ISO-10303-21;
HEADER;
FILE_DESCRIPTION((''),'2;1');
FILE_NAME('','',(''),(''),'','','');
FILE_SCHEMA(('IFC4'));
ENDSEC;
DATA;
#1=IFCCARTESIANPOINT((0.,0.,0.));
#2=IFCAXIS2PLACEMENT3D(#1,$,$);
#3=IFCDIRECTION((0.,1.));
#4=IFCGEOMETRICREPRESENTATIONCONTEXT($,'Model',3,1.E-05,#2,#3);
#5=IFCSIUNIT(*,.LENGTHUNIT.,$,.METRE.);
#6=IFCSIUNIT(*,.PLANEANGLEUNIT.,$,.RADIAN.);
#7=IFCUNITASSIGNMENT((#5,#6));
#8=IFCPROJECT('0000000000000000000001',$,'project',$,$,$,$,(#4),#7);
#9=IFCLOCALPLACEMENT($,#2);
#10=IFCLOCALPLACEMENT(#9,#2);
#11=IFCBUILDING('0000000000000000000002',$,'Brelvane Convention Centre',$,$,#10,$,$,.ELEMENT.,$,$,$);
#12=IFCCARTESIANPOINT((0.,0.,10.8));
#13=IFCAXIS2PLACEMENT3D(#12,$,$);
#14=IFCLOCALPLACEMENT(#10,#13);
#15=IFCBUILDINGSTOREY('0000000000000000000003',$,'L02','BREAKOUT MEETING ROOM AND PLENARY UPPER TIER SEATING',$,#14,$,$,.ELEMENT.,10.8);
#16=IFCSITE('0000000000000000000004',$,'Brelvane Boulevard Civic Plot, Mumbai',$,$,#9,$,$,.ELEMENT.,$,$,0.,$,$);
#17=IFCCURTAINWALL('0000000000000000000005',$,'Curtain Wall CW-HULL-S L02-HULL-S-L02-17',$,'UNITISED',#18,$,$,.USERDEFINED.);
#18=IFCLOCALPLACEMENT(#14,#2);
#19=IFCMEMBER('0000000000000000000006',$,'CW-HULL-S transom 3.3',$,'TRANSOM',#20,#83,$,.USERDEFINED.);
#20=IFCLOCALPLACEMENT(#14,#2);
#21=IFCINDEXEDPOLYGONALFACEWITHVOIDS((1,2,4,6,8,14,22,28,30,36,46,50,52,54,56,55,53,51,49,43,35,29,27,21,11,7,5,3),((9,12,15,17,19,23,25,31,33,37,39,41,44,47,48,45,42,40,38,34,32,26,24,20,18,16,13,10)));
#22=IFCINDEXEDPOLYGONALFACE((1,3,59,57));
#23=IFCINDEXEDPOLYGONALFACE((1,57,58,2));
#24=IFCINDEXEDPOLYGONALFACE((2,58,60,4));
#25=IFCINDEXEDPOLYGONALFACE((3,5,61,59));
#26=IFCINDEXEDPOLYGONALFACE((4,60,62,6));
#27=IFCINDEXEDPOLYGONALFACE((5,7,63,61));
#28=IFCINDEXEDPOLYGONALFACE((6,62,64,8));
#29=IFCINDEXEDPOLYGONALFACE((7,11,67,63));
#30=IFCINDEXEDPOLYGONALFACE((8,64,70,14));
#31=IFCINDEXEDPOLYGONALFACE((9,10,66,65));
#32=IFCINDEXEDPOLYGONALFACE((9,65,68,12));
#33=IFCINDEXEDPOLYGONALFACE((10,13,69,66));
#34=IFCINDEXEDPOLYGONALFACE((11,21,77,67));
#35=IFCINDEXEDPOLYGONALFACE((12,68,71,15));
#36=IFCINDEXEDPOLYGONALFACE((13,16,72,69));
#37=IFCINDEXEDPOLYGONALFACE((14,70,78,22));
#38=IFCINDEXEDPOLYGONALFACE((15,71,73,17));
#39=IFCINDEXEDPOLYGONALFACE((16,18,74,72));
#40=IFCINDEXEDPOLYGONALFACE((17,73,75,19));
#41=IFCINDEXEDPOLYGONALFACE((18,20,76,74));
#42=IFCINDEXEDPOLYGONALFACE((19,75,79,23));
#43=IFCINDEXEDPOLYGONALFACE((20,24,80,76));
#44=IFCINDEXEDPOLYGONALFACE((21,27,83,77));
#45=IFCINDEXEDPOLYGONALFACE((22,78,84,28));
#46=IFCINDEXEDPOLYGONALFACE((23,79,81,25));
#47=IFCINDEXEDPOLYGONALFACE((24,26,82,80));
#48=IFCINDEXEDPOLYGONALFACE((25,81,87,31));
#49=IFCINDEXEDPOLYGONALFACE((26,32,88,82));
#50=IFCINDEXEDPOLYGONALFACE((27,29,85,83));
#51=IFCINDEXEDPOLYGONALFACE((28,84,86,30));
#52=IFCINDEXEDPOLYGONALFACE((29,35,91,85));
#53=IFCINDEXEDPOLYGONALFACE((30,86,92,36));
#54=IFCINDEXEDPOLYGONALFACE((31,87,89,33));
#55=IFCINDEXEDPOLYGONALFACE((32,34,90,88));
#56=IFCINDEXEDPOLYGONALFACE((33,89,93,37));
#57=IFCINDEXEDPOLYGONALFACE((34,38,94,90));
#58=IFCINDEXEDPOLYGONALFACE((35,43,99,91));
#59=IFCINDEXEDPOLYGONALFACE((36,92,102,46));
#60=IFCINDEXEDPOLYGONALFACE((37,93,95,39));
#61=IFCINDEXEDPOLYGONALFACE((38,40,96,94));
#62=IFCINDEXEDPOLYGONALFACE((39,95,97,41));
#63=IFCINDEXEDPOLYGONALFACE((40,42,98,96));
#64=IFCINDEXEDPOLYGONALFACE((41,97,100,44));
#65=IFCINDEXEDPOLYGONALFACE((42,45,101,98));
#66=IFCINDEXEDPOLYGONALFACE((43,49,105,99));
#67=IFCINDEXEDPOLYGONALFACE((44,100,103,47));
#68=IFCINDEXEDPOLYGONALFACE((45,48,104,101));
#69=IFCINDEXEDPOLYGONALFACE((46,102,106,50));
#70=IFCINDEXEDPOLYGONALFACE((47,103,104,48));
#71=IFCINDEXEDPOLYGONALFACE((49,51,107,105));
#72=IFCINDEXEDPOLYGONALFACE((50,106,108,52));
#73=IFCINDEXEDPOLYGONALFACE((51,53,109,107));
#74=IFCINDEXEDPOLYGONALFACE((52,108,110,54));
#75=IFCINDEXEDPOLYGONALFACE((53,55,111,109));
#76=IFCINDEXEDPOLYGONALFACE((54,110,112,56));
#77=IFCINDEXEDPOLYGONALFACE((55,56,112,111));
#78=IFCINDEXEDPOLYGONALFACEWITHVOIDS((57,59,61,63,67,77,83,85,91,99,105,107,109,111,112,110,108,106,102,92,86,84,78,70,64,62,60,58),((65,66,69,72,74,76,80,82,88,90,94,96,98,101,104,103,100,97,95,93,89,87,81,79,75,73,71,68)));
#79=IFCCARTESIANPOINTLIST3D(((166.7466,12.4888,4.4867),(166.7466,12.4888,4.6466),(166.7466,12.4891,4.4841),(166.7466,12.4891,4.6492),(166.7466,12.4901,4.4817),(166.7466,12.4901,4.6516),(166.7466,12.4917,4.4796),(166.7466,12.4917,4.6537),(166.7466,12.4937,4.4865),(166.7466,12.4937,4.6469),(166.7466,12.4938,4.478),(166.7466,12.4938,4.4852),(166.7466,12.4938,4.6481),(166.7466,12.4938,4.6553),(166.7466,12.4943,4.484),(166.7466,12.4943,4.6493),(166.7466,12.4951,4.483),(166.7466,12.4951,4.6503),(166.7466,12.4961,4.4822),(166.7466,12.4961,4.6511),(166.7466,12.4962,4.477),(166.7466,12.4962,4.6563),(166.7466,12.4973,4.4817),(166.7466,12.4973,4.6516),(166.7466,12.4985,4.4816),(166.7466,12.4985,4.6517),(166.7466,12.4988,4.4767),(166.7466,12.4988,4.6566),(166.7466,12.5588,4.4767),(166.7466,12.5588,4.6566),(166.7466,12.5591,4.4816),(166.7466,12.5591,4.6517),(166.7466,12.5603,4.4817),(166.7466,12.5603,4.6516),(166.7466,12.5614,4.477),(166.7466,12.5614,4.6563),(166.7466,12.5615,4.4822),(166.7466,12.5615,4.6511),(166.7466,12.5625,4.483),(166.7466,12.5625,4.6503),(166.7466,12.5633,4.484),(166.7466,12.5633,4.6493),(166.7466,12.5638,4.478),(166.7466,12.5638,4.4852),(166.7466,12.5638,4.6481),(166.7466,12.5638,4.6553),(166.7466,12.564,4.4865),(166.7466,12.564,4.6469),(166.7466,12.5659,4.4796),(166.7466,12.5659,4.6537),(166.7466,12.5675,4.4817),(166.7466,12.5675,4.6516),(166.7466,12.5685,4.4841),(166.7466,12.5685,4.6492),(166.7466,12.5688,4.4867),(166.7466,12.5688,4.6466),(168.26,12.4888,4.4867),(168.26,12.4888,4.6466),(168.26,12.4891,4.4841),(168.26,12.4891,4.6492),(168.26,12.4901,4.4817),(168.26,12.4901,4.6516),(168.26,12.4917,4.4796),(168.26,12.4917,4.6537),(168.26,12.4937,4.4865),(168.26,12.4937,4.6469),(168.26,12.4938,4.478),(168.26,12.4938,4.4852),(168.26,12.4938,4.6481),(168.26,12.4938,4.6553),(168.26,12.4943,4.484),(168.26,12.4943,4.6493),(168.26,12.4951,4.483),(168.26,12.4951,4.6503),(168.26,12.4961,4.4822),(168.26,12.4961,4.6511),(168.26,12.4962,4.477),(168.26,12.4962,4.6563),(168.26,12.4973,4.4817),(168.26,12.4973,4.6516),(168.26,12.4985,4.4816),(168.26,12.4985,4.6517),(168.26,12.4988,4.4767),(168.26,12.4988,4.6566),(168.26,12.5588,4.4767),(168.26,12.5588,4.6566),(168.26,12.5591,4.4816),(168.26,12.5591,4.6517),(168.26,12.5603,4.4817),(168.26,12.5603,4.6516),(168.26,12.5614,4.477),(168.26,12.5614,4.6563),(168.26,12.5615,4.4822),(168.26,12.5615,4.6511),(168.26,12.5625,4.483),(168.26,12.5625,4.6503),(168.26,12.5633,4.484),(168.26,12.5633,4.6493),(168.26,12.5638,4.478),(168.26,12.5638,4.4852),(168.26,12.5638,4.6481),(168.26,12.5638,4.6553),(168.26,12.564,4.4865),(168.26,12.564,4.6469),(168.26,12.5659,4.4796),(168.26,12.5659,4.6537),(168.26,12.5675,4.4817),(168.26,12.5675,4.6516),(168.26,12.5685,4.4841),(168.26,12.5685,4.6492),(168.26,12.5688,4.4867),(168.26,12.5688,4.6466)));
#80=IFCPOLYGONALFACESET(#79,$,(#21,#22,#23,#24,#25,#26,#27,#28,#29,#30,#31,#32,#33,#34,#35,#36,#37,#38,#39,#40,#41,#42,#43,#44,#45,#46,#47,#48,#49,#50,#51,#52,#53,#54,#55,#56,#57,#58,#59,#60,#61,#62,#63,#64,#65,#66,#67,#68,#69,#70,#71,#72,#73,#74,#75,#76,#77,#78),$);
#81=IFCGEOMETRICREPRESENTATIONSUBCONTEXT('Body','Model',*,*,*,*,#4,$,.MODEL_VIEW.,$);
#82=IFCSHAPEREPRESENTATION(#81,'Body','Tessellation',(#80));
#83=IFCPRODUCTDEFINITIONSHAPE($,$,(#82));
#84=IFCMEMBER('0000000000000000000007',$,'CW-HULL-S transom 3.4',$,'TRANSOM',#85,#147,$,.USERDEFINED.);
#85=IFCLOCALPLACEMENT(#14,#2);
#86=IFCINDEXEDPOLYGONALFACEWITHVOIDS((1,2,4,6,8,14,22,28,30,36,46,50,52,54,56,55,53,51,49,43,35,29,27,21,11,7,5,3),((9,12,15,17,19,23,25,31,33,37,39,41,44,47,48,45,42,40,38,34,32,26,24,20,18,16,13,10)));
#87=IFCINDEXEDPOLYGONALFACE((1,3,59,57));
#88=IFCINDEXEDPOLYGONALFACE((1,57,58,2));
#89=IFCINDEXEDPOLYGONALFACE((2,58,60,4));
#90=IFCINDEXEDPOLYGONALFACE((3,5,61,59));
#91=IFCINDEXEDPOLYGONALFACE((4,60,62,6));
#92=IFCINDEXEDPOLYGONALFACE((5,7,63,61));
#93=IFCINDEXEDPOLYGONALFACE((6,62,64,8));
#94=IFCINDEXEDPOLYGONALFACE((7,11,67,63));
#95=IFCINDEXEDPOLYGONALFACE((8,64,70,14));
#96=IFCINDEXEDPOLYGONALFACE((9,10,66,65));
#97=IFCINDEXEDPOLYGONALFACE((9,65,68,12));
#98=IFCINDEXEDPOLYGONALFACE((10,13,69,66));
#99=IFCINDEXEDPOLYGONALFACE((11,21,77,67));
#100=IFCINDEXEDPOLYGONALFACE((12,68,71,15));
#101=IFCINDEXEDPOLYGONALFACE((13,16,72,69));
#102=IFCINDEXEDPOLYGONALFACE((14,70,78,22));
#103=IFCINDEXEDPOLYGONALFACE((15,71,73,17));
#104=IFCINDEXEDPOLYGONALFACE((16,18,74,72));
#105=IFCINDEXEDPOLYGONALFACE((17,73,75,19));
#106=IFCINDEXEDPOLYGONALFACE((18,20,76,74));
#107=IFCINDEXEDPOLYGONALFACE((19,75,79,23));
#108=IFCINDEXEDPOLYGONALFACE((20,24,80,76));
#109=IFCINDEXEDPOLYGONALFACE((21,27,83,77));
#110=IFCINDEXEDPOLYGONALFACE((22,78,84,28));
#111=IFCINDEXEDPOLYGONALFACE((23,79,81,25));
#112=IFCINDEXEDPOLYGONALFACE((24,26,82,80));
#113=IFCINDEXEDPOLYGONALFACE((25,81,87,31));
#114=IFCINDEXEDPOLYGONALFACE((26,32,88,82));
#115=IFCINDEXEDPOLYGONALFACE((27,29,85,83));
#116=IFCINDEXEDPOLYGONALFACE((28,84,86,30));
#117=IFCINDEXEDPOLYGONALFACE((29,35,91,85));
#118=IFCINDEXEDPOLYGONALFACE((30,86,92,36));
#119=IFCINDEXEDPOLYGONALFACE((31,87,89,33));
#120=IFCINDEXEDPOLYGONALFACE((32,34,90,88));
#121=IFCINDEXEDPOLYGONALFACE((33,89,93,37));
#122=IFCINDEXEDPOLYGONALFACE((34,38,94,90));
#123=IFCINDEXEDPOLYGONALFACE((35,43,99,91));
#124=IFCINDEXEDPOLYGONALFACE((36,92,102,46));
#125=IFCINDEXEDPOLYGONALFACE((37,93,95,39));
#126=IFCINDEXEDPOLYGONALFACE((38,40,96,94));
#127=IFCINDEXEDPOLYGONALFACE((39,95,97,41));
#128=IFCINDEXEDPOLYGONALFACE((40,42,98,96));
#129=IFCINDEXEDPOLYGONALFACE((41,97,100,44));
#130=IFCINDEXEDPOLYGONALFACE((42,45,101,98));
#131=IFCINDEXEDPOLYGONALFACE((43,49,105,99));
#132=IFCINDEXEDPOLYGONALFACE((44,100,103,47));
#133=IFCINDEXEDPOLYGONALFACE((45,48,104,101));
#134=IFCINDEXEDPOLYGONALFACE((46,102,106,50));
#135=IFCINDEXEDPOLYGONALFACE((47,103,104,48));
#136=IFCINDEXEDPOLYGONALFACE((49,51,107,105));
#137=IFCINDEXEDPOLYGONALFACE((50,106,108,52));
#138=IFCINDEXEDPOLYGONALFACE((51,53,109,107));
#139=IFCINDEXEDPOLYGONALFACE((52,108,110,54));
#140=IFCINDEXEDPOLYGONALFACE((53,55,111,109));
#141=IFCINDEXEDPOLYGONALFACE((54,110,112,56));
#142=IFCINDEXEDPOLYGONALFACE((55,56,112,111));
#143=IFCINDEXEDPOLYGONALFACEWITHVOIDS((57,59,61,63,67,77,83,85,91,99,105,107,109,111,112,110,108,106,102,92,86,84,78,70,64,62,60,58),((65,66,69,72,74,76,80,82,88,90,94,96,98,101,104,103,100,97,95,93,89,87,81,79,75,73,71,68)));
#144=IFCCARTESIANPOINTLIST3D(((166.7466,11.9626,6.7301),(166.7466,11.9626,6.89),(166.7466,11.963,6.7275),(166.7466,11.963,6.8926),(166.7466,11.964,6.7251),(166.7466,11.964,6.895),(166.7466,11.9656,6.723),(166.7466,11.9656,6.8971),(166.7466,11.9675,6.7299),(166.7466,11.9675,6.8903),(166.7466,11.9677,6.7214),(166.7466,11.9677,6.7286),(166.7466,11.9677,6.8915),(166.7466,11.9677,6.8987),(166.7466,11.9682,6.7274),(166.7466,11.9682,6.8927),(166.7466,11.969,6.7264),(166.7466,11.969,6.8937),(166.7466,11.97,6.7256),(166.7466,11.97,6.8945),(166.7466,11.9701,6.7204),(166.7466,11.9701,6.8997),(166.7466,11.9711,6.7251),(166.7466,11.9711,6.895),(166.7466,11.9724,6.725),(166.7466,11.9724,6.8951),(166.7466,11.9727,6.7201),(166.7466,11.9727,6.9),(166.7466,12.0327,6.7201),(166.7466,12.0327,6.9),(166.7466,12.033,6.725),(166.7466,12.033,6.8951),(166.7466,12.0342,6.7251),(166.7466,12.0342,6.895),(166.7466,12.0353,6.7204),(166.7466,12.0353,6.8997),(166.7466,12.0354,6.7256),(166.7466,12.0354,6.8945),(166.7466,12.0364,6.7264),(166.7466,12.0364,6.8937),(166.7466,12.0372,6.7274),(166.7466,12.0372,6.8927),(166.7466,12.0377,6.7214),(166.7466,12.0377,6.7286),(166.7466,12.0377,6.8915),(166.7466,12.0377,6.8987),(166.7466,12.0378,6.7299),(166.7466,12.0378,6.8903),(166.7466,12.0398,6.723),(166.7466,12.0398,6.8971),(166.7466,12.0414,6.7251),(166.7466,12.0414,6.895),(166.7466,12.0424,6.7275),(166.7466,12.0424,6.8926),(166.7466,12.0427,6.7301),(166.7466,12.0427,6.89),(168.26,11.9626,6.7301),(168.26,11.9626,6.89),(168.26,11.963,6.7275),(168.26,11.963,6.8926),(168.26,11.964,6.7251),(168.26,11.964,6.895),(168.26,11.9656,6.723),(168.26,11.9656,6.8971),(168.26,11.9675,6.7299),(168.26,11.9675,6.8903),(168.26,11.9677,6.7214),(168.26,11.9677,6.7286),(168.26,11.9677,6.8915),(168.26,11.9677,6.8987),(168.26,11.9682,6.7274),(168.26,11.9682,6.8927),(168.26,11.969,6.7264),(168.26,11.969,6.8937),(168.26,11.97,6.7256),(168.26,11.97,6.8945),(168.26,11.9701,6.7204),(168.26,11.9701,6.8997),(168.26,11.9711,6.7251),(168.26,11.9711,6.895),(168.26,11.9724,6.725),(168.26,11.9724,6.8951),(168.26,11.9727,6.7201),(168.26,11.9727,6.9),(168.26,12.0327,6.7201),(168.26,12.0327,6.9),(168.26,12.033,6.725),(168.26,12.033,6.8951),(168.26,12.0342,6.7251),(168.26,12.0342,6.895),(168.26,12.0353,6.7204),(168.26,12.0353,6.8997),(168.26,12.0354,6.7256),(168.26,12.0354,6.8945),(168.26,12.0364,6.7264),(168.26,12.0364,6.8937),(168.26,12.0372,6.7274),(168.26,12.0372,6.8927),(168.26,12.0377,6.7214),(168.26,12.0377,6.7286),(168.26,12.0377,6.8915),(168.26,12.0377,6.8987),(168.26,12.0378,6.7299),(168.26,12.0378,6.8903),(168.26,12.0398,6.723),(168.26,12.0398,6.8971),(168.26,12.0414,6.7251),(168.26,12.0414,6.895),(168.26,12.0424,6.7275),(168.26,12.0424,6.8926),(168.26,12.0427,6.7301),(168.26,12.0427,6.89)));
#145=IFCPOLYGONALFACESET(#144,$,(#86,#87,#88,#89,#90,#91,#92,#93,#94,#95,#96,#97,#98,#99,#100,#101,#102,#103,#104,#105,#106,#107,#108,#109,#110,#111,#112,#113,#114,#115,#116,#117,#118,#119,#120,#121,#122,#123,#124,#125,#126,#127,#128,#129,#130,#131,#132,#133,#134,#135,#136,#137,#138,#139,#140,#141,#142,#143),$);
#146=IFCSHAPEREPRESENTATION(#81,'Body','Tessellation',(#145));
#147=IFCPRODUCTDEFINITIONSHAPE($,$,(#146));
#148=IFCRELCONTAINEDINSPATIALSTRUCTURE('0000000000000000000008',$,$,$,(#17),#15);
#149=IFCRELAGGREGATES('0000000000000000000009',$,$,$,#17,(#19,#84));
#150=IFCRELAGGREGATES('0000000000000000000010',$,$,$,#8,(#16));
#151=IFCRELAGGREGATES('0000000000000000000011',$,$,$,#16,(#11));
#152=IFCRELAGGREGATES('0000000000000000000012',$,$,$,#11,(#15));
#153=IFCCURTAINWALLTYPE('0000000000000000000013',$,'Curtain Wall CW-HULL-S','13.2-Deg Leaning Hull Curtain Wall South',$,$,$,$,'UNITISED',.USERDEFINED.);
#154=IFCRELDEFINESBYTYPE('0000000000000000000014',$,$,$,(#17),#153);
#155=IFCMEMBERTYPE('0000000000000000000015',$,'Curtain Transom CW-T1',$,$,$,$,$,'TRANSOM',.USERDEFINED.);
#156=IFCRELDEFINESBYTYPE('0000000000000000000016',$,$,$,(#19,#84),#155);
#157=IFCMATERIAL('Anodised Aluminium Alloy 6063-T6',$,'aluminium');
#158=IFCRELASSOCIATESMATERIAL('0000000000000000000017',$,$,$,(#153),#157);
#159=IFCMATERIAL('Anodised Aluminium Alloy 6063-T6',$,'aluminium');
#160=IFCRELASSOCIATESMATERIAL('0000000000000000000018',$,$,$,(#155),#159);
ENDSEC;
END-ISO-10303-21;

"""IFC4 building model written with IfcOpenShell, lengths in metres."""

from ifc_helpers import new_model, si_unit, direction, frame, origin, origin_2d, place, context, subcontext, project, spatial, hollow_rectangle, extrude, material, material_profile, profile_set, type_object, element, aggregate, save


model = new_model("IFC4")

# Units and contexts
model_context = context("Model", 3, precision=1e-05, world=origin(), true_north=direction((0.0, 1.0)))
body_context = subcontext(model_context, "Body", "Model", "MODEL_VIEW")
ifc_project = project(units=[si_unit("LENGTHUNIT", "METRE"), si_unit("PLANEANGLEUNIT", "RADIAN")], contexts=[model_context])

# Site, building, storey
site_placement = place(None, origin())
site = spatial("IfcSite", under=ifc_project, at=site_placement, Name="Brelvane Boulevard Civic Plot, Mumbai", CompositionType="ELEMENT", RefElevation=0.0)
building_placement = place(site_placement, origin())
building = spatial("IfcBuilding", under=site, at=building_placement, Name="Brelvane Convention Centre", CompositionType="ELEMENT")
storey_placement = place(building_placement, frame((0.0, 0.0, 10.8)))
storey = spatial("IfcBuildingStorey", under=building, at=storey_placement, Name="L02", Description="BREAKOUT MEETING ROOM AND PLENARY UPPER TIER SEATING", CompositionType="ELEMENT", Elevation=10.8)

# Curtain wall, members
ifc_material_1 = material(Name="Anodised Aluminium Alloy 6063-T6", Category="aluminium")
curtain_wall_type = type_object("IfcCurtainWallType", Name="Curtain Wall CW-HULL-S", Description="13.2-Deg Leaning Hull Curtain Wall South", ElementType="UNITISED", PredefinedType="USERDEFINED", material=ifc_material_1)
ifc_material_2 = material(Name="Anodised Aluminium Alloy 6063-T6", Category="aluminium")
ifc_material_profile_1 = material_profile(ifc_material_2, hollow_rectangle(XDim=0.0801, YDim=0.1799, WallThickness=0.0049, InnerFilletRadius=0.0049, OuterFilletRadius=0.01, at=origin_2d()), Name="ALU-T 180x80x5.0")
ifc_profile_set_1 = profile_set([ifc_material_profile_1], Name="Anodised Aluminium Alloy 6063-T6")
member_type_1 = type_object("IfcMemberType", Name="Curtain Transom CW-T1", ElementType="TRANSOM", PredefinedType="USERDEFINED", material=ifc_profile_set_1)
curtain_wall_1_placement = place(storey_placement, origin())
curtain_wall_1 = element("IfcCurtainWall", 1, at=curtain_wall_1_placement, inside=storey, type_object=curtain_wall_type, Name="Curtain Wall CW-HULL-S L02-HULL-S-L02-17", ObjectType="UNITISED", PredefinedType="USERDEFINED")
member_1_placement = place(storey_placement, frame((166.7466, 12.5288, 4.5667), z_axis=(1.0, 0.0, 0.0), x_axis=(0.0, 1.0, 0.0)))
member_1 = element("IfcMember", 2, at=member_1_placement, type_object=member_type_1, Name="CW-HULL-S transom 3.3", ObjectType="TRANSOM", PredefinedType="USERDEFINED", context=body_context, shape_type="SweptSolid", body=[
    extrude(hollow_rectangle(XDim=0.0801, YDim=0.1799, WallThickness=0.0049, InnerFilletRadius=0.0049, OuterFilletRadius=0.01, at=origin_2d()), origin(), (0.0, 0.0, 1.0), 1.5134),
])
member_2_placement = place(storey_placement, frame((166.7466, 12.0027, 6.8101), z_axis=(1.0, 0.0, 0.0), x_axis=(0.0, 1.0, 0.0)))
member_2 = element("IfcMember", 3, at=member_2_placement, type_object=member_type_1, Name="CW-HULL-S transom 3.4", ObjectType="TRANSOM", PredefinedType="USERDEFINED", context=body_context, shape_type="SweptSolid", body=[
    extrude(hollow_rectangle(XDim=0.0801, YDim=0.1799, WallThickness=0.0049, InnerFilletRadius=0.0049, OuterFilletRadius=0.01, at=origin_2d()), origin(), (0.0, 0.0, 1.0), 1.5134),
])

aggregate(curtain_wall_1, [member_1, member_2])

save(model, "model.ifc")
